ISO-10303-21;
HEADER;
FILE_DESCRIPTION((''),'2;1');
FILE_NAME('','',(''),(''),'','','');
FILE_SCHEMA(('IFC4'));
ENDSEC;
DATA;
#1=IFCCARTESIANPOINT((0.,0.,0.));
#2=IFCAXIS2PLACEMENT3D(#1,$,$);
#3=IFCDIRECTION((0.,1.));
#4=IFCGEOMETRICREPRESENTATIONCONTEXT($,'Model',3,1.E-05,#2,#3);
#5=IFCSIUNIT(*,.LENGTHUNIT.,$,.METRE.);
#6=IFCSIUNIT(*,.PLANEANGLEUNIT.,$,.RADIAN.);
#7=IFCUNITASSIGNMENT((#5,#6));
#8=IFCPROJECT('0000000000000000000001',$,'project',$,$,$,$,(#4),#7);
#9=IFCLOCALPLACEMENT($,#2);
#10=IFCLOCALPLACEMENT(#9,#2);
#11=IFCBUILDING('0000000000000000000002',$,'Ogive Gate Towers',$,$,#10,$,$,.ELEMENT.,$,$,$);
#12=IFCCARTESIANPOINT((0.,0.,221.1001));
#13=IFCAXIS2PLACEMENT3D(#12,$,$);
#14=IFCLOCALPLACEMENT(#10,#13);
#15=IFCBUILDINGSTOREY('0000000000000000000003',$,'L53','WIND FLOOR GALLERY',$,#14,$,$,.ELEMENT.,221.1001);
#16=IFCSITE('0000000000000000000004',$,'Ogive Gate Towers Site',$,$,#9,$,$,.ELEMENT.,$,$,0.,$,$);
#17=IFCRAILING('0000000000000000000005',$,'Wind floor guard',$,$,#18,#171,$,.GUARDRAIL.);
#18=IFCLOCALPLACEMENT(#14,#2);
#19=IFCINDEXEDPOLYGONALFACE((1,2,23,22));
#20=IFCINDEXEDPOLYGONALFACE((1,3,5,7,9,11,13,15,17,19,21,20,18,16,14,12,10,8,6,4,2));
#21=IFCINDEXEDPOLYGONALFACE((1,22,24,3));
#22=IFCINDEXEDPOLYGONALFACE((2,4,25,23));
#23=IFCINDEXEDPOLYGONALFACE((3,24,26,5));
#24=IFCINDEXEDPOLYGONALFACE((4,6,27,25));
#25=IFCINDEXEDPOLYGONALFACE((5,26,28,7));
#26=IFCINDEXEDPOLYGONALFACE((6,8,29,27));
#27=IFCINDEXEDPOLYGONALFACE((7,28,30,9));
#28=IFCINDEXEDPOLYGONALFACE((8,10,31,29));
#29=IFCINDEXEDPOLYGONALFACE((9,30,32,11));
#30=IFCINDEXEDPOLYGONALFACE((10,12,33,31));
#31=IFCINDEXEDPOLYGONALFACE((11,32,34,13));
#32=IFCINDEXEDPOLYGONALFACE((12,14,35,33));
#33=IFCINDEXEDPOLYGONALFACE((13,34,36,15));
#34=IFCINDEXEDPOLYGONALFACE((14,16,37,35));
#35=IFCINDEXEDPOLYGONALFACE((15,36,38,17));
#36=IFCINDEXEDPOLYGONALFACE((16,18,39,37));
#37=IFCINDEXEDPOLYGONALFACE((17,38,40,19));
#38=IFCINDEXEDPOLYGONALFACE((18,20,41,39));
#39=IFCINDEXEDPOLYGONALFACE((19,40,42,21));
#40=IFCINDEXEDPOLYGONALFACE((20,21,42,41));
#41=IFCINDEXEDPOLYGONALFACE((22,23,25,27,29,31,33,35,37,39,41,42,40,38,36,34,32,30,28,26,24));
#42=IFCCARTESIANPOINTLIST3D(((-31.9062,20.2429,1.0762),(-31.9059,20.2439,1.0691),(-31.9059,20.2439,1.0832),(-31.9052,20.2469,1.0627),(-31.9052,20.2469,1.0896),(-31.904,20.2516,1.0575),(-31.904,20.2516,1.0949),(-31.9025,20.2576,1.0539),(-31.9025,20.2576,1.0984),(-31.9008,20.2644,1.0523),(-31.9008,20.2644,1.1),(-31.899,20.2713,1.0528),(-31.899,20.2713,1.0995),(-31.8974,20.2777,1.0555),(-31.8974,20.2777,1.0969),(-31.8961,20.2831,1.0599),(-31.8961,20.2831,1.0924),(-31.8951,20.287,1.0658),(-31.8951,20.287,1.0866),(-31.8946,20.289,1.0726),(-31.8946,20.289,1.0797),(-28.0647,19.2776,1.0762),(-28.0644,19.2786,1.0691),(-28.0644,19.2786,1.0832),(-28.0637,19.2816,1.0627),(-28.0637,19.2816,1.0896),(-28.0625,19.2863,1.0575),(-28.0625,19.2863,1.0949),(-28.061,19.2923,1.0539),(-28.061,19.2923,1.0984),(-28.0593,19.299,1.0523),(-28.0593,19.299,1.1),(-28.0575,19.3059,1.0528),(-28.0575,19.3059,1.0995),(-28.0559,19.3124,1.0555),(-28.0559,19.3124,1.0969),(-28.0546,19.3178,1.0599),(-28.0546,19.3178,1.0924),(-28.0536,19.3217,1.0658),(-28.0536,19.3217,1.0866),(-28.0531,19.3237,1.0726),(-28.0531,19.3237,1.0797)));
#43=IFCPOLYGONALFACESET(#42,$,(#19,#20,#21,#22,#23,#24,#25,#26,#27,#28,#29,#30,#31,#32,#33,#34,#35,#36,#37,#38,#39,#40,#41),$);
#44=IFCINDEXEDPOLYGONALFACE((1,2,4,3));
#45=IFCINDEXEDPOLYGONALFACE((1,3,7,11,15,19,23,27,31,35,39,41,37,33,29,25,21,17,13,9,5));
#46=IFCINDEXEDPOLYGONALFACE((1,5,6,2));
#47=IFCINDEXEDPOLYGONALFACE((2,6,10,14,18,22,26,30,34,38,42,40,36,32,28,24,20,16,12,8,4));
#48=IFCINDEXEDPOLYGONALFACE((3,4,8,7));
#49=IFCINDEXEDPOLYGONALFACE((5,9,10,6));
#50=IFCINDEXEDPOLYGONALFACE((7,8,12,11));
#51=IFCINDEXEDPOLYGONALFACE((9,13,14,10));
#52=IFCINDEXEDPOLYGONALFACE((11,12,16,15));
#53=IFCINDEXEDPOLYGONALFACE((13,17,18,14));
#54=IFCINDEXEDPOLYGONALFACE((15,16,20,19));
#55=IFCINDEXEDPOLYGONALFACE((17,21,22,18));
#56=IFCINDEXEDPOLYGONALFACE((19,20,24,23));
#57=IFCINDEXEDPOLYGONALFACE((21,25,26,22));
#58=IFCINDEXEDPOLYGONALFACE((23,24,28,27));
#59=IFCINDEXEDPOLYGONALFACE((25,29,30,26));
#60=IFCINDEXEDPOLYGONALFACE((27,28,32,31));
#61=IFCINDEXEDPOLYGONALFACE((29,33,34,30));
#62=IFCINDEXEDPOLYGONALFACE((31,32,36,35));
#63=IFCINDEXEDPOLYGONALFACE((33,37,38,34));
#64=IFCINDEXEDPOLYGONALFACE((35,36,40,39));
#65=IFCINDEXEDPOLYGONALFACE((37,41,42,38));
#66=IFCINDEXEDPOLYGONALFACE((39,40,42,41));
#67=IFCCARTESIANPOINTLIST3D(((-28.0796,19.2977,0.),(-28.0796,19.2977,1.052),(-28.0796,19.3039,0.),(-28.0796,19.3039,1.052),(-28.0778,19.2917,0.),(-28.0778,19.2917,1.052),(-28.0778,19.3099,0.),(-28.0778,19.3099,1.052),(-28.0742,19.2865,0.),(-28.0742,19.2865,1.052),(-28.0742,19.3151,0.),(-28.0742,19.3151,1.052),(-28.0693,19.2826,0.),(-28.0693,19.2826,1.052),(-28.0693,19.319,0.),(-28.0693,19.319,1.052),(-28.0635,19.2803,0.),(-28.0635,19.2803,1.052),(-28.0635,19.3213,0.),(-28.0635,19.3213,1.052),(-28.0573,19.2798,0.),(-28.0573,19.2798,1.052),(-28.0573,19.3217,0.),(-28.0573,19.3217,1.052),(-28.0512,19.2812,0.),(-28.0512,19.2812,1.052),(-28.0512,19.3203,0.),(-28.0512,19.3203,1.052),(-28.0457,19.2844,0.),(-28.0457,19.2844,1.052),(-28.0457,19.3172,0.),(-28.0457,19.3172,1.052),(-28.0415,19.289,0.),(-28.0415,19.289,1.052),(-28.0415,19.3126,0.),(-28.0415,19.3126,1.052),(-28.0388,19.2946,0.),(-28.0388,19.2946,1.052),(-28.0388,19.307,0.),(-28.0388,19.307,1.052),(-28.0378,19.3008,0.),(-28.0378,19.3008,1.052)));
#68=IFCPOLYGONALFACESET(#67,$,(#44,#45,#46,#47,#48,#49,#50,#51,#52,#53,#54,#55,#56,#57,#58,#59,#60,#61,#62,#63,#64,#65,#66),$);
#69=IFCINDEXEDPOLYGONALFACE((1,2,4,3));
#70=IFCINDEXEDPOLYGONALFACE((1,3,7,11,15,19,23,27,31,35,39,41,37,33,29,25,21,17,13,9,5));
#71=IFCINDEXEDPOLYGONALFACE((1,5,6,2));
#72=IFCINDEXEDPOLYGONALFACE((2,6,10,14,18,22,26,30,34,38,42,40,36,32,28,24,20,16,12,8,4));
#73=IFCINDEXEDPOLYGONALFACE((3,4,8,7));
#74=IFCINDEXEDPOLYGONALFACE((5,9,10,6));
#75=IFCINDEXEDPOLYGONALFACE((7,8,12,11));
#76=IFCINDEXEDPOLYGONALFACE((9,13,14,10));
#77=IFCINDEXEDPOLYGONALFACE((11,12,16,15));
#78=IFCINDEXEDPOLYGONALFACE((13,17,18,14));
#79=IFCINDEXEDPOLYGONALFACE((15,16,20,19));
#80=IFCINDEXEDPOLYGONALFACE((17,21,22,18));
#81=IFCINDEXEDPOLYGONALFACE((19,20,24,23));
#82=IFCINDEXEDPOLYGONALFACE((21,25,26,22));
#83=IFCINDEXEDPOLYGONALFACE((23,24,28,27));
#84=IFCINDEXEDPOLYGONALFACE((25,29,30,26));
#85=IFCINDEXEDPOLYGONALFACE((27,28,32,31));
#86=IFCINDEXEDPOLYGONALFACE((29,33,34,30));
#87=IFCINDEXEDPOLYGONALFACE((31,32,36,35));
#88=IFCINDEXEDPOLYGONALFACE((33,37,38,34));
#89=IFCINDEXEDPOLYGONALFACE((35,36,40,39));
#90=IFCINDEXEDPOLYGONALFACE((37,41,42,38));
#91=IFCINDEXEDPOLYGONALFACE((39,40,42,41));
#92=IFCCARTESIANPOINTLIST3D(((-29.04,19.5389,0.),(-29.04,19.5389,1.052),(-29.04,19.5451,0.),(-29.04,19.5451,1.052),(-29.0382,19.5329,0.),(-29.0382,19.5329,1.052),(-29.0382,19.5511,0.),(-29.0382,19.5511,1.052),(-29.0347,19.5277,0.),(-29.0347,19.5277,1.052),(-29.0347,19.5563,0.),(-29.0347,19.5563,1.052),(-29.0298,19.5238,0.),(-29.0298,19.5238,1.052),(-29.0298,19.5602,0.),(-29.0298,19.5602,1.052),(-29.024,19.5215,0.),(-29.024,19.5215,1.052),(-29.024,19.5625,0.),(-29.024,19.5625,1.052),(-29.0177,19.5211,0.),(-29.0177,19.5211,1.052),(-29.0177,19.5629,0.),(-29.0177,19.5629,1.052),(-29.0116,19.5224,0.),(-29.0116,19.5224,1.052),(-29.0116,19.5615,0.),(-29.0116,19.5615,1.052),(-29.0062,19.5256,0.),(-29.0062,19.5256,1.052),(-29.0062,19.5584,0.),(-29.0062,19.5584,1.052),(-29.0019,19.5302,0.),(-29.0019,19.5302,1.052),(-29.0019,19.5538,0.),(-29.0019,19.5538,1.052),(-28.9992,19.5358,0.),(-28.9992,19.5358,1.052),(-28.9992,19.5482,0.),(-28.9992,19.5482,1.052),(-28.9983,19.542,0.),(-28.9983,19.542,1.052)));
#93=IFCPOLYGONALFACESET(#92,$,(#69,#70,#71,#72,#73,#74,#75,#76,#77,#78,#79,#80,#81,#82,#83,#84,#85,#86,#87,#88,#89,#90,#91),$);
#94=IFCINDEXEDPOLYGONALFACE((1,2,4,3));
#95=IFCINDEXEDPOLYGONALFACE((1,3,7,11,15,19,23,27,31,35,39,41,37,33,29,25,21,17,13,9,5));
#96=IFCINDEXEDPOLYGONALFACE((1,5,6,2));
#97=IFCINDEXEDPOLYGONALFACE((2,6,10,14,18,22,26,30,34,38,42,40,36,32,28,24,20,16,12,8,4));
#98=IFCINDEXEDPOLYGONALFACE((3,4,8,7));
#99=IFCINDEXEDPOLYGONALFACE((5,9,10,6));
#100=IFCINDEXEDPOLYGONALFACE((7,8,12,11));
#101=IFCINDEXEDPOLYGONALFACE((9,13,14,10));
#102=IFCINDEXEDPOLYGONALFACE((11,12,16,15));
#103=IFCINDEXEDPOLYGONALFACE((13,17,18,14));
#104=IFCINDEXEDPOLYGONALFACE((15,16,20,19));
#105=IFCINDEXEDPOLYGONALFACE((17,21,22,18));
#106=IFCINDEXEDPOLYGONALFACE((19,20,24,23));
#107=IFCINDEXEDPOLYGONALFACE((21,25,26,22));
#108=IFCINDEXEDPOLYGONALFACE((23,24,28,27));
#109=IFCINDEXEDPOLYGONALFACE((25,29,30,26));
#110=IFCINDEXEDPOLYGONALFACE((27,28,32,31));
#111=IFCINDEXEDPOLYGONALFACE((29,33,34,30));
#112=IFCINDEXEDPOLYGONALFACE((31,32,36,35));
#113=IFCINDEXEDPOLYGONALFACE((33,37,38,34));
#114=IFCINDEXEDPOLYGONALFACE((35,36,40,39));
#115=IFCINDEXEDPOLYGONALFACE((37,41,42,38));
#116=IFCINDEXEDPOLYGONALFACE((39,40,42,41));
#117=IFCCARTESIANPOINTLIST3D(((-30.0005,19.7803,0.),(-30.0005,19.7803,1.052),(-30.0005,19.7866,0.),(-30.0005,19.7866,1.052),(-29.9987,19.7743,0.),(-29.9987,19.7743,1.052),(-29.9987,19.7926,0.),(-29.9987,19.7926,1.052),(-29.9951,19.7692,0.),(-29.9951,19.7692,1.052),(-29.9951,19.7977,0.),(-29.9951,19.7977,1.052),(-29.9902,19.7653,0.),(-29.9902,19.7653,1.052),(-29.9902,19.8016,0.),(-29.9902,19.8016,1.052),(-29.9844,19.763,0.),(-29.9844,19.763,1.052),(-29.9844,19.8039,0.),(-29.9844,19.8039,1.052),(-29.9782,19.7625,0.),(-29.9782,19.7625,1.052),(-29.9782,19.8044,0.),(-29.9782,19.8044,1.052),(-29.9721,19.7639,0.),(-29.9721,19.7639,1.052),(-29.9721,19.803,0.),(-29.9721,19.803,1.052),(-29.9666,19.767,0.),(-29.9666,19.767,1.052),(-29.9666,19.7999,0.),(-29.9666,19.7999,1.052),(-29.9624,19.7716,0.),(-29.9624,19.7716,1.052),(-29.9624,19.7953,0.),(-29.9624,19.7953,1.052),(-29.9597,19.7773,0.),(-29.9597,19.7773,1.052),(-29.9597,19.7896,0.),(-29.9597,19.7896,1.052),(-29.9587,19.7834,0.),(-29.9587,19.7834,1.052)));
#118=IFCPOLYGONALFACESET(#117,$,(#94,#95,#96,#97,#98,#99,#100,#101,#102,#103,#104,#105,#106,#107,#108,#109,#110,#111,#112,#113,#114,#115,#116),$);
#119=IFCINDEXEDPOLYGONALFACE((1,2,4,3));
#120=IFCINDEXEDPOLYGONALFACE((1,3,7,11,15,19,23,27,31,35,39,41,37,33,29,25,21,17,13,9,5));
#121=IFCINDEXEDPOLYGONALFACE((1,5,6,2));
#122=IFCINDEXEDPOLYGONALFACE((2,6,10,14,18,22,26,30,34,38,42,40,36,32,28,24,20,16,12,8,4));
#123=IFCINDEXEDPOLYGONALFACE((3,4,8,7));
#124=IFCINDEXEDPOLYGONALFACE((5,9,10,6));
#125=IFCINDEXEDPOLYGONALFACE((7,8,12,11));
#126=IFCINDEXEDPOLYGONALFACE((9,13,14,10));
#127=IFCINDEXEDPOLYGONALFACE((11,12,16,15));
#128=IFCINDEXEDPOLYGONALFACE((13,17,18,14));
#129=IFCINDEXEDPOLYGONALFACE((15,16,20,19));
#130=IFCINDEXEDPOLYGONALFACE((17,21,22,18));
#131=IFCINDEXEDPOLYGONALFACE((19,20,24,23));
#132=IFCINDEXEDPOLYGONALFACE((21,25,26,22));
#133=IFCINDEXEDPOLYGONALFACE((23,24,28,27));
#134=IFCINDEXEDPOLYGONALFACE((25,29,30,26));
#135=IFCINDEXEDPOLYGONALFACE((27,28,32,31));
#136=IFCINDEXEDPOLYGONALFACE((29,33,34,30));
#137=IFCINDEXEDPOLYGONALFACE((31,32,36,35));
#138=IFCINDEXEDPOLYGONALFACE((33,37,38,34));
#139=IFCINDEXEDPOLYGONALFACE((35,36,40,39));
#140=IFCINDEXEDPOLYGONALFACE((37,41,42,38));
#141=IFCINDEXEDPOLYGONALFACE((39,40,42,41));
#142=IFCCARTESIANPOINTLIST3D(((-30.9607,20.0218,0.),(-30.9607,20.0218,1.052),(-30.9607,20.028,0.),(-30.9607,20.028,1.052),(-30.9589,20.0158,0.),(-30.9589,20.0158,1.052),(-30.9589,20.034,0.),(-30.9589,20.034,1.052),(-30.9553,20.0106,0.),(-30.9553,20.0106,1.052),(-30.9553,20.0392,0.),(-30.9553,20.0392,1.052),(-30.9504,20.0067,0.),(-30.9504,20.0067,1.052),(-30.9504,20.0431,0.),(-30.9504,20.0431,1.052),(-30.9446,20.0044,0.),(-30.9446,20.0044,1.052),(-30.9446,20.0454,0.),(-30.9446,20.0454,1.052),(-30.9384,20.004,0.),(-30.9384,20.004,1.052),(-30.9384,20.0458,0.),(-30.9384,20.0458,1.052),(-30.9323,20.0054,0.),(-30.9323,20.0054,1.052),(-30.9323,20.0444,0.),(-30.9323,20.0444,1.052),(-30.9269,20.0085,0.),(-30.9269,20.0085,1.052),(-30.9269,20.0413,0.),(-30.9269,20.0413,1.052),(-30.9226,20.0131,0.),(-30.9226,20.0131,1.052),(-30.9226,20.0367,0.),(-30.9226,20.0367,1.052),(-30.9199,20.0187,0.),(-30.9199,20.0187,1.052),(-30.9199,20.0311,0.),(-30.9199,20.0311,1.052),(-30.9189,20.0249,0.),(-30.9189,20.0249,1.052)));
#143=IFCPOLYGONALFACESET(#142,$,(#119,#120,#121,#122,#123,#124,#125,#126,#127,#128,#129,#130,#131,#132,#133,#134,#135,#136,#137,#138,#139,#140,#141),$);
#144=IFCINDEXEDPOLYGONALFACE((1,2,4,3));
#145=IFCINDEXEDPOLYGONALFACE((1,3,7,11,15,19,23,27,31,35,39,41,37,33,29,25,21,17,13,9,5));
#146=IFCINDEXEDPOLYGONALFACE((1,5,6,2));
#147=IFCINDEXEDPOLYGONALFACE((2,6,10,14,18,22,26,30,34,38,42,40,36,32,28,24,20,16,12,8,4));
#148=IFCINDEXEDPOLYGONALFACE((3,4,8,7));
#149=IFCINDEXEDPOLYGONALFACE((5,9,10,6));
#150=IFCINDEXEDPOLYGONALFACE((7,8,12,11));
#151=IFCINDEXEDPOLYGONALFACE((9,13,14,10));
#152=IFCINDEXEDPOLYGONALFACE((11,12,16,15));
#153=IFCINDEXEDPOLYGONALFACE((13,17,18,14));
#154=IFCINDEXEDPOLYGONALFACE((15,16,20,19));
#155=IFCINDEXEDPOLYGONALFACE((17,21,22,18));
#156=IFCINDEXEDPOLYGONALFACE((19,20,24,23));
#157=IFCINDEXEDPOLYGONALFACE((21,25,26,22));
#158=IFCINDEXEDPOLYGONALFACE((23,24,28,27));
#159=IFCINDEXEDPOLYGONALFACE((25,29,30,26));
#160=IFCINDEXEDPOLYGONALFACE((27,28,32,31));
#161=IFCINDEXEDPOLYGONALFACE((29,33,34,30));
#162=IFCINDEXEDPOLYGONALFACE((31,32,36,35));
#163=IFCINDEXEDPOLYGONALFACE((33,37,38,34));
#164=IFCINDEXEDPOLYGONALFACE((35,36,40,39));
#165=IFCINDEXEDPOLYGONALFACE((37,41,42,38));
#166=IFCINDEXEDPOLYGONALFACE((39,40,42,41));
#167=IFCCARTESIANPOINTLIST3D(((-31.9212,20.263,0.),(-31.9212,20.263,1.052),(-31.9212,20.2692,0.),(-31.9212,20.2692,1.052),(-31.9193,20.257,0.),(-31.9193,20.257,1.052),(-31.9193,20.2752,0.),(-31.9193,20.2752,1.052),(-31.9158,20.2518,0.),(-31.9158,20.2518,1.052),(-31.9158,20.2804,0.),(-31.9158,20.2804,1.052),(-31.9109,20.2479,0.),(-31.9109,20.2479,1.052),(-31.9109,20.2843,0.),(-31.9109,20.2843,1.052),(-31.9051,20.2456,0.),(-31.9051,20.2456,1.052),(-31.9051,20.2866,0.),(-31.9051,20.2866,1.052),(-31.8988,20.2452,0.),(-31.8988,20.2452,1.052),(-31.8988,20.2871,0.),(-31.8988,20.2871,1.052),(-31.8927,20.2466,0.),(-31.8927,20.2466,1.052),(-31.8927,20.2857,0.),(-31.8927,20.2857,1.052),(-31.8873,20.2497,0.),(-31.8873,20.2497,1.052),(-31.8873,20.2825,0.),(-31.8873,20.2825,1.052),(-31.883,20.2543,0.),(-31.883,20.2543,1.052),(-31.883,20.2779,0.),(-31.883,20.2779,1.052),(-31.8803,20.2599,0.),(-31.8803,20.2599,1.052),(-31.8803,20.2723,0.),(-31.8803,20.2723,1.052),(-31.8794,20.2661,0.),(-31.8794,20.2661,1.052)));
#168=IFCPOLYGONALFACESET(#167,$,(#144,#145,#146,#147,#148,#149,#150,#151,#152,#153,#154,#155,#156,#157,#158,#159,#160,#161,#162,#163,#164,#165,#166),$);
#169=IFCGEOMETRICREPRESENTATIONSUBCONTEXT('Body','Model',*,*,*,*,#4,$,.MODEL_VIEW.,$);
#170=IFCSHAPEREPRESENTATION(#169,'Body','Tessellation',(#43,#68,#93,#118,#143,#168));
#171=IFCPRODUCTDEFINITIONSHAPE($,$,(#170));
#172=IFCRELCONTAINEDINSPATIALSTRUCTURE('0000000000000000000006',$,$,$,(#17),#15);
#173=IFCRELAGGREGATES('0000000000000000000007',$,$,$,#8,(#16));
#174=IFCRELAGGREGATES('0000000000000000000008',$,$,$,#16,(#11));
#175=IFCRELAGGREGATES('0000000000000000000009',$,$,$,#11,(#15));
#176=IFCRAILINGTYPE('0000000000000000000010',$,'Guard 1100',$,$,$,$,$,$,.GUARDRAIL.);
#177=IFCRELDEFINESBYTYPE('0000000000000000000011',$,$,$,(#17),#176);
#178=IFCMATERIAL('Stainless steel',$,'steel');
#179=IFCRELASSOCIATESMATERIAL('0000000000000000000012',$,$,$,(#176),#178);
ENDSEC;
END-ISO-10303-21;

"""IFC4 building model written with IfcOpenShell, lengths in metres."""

from ifc_helpers import new_model, si_unit, direction, frame, origin, origin_2d, place, context, subcontext, project, spatial, circle, extrude, material, type_object, element, save


model = new_model("IFC4")

# Units and contexts
model_context = context("Model", 3, precision=1e-05, world=origin(), true_north=direction((0.0, 1.0)))
body_context = subcontext(model_context, "Body", "Model", "MODEL_VIEW")
ifc_project = project(units=[si_unit("LENGTHUNIT", "METRE"), si_unit("PLANEANGLEUNIT", "RADIAN")], contexts=[model_context])

# Site, building, storey
site_placement = place(None, origin())
site = spatial("IfcSite", under=ifc_project, at=site_placement, Name="Ogive Gate Towers Site", CompositionType="ELEMENT", RefElevation=0.0)
building_placement = place(site_placement, origin())
building = spatial("IfcBuilding", under=site, at=building_placement, Name="Ogive Gate Towers", CompositionType="ELEMENT")
storey_placement = place(building_placement, frame((0.0, 0.0, 221.1001)))
storey = spatial("IfcBuildingStorey", under=building, at=storey_placement, Name="L53", Description="WIND FLOOR GALLERY", CompositionType="ELEMENT", Elevation=221.1001)

# Railing
ifc_material_1 = material(Name="Stainless steel", Category="steel")
railing_type = type_object("IfcRailingType", Name="Guard 1100", PredefinedType="GUARDRAIL", material=ifc_material_1)
railing_1_placement = place(storey_placement, frame((-28.0588, 19.3008, 0.0)))
element("IfcRailing", 1, at=railing_1_placement, inside=storey, type_object=railing_type, Name="Wind floor guard", PredefinedType="GUARDRAIL", context=body_context, shape_type="SweptSolid", body=[
    extrude(circle(Radius=0.0239, at=origin_2d()), frame((0.0, 0.0, 1.0762), z_axis=(-0.969848, 0.24371, 0.0), x_axis=(-0.24371, -0.969848, 0.0)), (0.0, 0.0, 1.0), 3.9609),
    extrude(circle(Radius=0.021, at=origin_2d()), origin(), (0.0, 0.0, 1.0), 1.052),
    extrude(circle(Radius=0.021, at=origin_2d()), frame((-0.9604, 0.2412, 0.0)), (0.0, 0.0, 1.0), 1.052),
    extrude(circle(Radius=0.021, at=origin_2d()), frame((-1.9209, 0.4827, 0.0)), (0.0, 0.0, 1.0), 1.052),
    extrude(circle(Radius=0.021, at=origin_2d()), frame((-2.8811, 0.7241, 0.0)), (0.0, 0.0, 1.0), 1.052),
    extrude(circle(Radius=0.021, at=origin_2d()), frame((-3.8416, 0.9653, 0.0)), (0.0, 0.0, 1.0), 1.052),
])

save(model, "model.ifc")
